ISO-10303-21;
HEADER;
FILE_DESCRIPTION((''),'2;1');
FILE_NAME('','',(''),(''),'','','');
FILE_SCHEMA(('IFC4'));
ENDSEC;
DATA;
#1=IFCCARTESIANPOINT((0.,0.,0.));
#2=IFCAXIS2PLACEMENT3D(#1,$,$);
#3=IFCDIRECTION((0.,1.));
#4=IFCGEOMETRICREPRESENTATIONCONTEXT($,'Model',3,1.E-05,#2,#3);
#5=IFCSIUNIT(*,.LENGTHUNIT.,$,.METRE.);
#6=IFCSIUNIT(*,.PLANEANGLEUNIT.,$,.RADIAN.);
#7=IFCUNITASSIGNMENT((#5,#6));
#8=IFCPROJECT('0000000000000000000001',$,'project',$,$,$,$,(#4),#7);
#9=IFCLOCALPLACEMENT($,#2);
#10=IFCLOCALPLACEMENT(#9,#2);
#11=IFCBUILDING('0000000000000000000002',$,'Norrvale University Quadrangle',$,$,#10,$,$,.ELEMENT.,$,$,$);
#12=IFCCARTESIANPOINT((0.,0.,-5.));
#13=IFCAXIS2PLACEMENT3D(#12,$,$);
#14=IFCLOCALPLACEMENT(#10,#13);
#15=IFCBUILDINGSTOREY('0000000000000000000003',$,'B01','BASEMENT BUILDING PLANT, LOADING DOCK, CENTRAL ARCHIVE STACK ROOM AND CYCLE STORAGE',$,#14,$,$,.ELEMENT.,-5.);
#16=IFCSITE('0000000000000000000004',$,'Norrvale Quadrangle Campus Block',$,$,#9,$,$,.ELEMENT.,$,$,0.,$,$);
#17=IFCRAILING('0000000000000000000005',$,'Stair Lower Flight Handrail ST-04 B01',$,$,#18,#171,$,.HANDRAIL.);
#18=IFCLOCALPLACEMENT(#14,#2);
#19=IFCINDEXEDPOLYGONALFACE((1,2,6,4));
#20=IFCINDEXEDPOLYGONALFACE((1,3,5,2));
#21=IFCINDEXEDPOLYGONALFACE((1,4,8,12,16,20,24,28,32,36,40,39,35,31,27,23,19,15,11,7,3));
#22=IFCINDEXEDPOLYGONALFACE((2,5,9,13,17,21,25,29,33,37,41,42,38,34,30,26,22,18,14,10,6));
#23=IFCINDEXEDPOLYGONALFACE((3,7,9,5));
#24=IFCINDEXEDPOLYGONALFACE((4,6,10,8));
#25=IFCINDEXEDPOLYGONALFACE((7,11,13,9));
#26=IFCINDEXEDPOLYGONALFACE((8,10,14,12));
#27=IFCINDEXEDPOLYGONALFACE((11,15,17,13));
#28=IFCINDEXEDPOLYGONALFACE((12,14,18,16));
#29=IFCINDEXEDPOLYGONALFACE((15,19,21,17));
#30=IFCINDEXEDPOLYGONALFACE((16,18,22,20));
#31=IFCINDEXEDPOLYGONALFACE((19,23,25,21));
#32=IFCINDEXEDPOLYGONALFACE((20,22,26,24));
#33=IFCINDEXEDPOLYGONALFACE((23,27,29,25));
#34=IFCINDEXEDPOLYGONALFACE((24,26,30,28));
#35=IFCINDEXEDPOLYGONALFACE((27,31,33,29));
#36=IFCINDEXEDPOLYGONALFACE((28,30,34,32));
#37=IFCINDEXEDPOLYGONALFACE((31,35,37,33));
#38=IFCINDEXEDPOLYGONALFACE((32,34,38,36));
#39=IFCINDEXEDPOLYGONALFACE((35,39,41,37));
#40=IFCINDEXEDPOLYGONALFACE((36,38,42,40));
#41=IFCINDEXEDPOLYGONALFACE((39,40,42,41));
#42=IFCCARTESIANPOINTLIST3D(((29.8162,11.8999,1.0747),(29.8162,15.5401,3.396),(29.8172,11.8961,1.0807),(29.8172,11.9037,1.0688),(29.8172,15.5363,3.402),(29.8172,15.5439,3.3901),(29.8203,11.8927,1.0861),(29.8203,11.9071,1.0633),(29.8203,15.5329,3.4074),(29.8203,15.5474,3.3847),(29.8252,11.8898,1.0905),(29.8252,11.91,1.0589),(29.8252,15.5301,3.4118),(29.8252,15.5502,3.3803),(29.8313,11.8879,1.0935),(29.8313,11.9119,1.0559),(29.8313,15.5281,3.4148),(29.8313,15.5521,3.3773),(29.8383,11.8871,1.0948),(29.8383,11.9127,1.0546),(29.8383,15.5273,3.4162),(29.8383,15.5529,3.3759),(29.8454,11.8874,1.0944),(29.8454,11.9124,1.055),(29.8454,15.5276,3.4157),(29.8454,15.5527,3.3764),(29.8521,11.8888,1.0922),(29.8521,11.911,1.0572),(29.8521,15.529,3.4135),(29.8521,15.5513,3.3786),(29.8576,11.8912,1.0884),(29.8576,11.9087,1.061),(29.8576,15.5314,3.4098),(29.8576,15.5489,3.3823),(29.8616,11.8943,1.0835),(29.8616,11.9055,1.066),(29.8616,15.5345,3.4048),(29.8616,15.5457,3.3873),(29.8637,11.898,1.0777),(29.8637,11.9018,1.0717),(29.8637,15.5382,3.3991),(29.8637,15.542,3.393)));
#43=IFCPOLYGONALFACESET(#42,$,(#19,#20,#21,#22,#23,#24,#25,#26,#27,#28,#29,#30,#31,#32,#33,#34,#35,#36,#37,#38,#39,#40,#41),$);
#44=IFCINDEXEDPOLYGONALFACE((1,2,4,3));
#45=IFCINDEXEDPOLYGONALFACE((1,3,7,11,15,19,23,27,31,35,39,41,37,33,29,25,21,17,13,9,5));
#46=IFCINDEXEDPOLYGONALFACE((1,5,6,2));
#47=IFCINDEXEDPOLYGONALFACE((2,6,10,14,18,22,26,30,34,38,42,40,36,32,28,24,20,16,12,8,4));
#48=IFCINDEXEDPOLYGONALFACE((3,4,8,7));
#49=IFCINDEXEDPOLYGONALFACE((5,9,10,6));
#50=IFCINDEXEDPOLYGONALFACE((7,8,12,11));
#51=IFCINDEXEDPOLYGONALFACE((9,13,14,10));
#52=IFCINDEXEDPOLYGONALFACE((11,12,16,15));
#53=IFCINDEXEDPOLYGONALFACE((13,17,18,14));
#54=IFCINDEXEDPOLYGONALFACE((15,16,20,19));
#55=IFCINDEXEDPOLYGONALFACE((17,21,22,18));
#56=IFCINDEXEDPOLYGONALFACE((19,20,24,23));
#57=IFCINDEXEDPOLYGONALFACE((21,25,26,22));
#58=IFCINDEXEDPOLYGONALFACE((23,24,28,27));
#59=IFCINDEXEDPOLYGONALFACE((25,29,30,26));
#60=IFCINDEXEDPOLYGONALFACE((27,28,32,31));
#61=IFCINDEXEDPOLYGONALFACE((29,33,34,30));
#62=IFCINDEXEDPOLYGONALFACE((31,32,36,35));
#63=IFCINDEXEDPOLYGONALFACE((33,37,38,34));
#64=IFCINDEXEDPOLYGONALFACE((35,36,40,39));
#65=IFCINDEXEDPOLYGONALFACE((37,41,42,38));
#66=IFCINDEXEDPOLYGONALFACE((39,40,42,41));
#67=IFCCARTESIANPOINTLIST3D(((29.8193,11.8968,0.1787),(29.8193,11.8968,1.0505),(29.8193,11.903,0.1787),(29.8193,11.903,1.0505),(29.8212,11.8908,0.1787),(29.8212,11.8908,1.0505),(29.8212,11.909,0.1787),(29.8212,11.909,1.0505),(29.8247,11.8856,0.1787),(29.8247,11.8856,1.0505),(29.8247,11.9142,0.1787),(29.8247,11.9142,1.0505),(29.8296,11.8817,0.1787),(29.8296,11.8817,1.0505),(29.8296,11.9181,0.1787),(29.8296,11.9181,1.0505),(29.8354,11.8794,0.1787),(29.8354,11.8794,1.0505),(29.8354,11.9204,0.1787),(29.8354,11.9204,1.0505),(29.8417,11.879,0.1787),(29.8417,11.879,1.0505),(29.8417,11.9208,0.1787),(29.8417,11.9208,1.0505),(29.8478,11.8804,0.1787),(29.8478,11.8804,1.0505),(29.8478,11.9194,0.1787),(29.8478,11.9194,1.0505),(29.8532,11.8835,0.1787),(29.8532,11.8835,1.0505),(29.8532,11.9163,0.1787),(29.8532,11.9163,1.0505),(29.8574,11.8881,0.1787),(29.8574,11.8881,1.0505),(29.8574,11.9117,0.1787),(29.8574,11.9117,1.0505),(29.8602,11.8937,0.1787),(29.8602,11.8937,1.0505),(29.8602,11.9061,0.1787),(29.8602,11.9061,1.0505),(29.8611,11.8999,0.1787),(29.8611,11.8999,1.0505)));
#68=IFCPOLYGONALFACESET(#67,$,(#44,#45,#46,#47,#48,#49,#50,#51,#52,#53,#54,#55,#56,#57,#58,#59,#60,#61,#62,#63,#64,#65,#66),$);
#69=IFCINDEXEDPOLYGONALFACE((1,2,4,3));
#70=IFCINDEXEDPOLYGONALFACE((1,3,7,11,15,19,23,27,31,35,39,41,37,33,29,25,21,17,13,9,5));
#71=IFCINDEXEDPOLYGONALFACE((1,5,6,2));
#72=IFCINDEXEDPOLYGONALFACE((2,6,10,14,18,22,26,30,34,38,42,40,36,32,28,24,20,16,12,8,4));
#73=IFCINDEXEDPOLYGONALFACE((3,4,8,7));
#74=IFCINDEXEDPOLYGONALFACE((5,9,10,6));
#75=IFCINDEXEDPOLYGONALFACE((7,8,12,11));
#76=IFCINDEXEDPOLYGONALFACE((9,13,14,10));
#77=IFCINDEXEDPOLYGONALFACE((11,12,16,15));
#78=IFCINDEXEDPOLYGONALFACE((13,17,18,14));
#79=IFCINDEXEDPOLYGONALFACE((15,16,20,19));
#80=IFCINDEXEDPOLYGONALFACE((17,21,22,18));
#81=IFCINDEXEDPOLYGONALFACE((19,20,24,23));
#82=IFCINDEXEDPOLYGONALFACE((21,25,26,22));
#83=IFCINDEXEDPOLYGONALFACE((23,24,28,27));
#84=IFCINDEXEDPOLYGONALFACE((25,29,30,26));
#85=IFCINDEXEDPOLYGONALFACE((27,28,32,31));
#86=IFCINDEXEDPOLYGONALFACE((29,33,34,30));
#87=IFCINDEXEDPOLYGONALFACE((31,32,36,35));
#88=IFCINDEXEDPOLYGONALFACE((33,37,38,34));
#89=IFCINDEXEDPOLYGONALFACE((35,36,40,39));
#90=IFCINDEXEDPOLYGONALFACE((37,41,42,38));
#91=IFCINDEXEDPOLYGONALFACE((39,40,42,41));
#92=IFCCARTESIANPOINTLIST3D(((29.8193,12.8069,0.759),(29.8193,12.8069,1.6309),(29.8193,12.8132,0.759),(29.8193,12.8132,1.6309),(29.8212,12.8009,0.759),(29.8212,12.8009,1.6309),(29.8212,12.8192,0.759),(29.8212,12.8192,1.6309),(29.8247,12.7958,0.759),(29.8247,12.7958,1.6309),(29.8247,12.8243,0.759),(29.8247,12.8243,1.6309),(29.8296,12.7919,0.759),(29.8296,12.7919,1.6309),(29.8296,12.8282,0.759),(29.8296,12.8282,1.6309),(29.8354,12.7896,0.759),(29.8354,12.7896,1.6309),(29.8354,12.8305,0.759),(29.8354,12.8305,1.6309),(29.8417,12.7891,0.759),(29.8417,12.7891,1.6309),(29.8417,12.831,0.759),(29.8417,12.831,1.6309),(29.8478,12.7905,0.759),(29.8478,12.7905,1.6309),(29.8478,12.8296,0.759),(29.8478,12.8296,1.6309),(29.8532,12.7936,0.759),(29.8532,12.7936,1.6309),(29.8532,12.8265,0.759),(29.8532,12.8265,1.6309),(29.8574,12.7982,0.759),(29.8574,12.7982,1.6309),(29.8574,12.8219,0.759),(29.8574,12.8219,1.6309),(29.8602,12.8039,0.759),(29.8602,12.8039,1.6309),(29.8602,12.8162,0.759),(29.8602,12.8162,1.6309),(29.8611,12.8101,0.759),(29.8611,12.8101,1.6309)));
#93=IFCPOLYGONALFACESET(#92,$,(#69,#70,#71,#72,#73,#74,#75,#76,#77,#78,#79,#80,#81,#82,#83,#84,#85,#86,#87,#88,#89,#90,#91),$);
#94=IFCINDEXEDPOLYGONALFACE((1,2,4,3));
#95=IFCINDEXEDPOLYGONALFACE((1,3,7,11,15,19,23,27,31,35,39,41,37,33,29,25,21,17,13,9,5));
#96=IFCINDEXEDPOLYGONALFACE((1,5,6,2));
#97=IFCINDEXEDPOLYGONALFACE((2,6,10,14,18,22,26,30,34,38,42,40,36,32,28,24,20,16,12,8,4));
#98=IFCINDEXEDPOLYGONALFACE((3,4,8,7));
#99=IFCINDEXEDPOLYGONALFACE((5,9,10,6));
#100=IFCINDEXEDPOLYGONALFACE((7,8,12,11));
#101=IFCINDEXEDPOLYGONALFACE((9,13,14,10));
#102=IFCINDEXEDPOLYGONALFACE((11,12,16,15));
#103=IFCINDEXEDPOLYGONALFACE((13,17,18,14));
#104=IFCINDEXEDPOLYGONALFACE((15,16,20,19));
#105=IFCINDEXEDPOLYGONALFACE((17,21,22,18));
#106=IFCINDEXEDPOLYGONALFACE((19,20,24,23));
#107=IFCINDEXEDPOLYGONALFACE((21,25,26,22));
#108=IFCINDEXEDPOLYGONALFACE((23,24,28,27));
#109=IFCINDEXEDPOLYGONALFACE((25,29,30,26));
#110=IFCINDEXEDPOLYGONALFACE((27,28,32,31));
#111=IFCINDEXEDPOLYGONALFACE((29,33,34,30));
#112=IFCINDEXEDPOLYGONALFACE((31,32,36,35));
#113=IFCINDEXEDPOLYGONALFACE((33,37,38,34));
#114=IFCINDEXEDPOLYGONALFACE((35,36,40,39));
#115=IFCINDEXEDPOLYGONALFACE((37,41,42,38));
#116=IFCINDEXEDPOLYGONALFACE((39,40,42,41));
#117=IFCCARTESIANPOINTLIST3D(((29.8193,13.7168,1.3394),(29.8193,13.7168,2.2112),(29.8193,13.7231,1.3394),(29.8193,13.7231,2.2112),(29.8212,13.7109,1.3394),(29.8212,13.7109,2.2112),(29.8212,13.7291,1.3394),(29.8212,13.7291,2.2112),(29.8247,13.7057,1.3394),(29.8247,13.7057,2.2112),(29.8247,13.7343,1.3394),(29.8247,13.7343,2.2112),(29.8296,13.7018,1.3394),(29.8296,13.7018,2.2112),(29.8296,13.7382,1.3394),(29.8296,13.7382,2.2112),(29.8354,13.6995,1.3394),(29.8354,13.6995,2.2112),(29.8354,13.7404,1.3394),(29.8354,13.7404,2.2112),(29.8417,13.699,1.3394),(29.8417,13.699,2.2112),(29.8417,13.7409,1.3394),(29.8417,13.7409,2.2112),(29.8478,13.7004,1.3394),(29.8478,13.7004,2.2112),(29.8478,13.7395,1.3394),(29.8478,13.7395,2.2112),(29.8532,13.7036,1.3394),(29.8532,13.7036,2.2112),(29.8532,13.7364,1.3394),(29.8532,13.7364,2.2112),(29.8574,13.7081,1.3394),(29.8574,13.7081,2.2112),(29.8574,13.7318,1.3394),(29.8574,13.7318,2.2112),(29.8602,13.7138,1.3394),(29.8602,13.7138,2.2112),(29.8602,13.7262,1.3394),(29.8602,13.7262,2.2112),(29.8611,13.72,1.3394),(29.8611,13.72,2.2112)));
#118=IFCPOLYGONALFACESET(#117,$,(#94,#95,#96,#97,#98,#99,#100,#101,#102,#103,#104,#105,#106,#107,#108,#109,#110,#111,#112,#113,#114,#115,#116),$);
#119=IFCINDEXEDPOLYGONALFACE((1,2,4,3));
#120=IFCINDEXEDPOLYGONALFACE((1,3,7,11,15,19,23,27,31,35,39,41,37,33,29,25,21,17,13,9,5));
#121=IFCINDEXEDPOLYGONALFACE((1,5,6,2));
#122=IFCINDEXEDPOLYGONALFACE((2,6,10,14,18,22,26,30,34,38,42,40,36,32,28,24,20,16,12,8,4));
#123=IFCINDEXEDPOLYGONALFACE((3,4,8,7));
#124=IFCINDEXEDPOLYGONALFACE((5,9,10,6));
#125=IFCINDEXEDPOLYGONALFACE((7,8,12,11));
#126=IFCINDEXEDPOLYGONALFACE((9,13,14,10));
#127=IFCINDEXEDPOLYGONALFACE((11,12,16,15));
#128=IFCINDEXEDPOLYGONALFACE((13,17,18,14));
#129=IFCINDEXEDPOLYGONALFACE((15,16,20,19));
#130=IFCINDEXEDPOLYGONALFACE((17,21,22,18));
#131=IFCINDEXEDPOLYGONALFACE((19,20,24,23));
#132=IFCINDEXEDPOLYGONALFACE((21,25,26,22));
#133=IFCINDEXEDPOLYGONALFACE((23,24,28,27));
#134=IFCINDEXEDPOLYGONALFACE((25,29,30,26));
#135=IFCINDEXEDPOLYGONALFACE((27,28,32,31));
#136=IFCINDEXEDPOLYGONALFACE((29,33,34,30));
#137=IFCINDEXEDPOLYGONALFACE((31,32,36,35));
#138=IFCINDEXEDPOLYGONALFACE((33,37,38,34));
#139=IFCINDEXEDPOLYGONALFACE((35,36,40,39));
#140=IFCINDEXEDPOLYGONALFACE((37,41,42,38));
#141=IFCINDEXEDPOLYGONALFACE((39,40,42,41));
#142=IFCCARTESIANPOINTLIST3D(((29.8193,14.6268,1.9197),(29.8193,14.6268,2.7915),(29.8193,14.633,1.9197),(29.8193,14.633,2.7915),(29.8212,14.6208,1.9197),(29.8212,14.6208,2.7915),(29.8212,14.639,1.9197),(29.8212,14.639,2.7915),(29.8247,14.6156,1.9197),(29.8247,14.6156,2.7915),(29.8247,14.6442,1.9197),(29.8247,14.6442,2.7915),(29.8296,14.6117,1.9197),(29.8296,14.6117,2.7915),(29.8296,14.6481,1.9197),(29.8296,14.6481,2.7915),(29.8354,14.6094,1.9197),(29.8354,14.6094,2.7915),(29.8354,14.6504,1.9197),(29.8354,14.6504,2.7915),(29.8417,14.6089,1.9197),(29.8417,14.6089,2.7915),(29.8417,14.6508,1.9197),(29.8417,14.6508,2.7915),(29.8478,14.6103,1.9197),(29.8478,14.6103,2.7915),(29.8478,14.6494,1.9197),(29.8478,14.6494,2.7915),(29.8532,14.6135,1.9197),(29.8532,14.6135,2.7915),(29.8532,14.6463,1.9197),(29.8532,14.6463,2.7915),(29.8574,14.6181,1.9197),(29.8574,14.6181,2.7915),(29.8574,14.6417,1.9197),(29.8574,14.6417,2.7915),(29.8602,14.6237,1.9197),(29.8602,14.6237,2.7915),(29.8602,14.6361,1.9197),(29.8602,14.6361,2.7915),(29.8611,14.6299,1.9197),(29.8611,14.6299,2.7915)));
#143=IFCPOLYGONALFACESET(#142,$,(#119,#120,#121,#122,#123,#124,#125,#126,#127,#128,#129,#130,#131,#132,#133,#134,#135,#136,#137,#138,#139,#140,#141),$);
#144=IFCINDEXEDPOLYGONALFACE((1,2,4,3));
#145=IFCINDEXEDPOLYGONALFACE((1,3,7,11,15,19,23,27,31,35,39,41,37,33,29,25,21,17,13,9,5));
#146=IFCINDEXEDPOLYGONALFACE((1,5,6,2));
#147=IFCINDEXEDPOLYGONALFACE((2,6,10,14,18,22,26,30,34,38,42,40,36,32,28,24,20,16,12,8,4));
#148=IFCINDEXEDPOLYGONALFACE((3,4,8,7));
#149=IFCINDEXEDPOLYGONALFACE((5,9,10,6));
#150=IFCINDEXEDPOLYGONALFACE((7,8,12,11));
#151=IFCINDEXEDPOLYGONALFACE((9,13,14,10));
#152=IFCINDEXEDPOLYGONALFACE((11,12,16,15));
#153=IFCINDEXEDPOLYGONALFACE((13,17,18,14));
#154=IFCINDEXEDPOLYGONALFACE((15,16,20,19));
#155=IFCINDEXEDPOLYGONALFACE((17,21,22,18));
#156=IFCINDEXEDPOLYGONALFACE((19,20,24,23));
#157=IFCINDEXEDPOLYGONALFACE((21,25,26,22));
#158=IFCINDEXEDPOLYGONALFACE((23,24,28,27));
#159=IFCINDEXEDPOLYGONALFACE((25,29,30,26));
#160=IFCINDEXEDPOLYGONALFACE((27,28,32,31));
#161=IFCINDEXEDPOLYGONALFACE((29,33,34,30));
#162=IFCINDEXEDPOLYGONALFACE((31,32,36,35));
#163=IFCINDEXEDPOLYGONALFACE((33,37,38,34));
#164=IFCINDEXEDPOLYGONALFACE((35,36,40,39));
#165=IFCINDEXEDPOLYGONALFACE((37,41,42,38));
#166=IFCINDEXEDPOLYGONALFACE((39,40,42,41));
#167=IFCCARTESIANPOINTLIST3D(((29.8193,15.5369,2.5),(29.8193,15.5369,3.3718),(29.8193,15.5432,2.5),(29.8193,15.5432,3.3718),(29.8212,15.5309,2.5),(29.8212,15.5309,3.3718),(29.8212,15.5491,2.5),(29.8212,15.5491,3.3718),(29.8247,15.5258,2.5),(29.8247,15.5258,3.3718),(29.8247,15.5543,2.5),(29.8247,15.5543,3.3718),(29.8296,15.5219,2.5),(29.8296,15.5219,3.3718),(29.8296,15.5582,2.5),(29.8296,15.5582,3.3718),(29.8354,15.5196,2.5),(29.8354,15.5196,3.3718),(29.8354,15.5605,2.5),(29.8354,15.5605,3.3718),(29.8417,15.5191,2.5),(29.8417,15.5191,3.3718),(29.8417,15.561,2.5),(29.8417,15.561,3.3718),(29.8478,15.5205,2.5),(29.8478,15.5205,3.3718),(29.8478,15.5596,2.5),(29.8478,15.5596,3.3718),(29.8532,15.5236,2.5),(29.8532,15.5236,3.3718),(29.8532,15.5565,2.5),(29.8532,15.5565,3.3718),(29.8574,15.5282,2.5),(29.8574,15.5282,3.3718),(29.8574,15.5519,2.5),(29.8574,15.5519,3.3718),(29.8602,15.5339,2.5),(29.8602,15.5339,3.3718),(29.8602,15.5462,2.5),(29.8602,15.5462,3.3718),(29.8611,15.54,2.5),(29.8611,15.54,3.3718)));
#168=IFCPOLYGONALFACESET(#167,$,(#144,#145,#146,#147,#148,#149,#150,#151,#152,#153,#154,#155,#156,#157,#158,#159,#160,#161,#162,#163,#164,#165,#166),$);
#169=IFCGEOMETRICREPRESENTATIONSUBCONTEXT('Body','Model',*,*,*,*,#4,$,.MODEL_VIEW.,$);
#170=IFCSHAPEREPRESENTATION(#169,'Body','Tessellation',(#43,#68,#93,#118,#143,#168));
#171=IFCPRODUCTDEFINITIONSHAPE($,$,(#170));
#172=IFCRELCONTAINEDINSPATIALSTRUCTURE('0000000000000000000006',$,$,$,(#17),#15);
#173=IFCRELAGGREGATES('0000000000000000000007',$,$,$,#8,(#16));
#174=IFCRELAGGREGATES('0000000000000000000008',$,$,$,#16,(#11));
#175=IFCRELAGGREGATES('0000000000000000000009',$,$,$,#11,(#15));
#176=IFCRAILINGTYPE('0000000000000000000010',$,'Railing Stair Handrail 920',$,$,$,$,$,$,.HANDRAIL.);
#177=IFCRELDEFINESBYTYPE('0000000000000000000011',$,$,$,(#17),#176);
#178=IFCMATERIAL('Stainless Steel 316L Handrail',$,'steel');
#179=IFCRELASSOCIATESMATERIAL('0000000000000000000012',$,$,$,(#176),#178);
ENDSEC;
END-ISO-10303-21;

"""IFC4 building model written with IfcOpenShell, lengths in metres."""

from ifc_helpers import new_model, si_unit, direction, frame, origin, origin_2d, place, context, subcontext, project, spatial, circle, extrude, material, type_object, element, save


model = new_model("IFC4")

# Units and contexts
model_context = context("Model", 3, precision=1e-05, world=origin(), true_north=direction((0.0, 1.0)))
body_context = subcontext(model_context, "Body", "Model", "MODEL_VIEW")
ifc_project = project(units=[si_unit("LENGTHUNIT", "METRE"), si_unit("PLANEANGLEUNIT", "RADIAN")], contexts=[model_context])

# Site, building, storey
site_placement = place(None, origin())
site = spatial("IfcSite", under=ifc_project, at=site_placement, Name="Norrvale Quadrangle Campus Block", CompositionType="ELEMENT", RefElevation=0.0)
building_placement = place(site_placement, origin())
building = spatial("IfcBuilding", under=site, at=building_placement, Name="Norrvale University Quadrangle", CompositionType="ELEMENT")
storey_placement = place(building_placement, frame((0.0, 0.0, -5.0)))
storey = spatial("IfcBuildingStorey", under=building, at=storey_placement, Name="B01", Description="BASEMENT BUILDING PLANT, LOADING DOCK, CENTRAL ARCHIVE STACK ROOM AND CYCLE STORAGE", CompositionType="ELEMENT", Elevation=-5.0)

# Railing
ifc_material_1 = material(Name="Stainless Steel 316L Handrail", Category="steel")
railing_type = type_object("IfcRailingType", Name="Railing Stair Handrail 920", PredefinedType="HANDRAIL", material=ifc_material_1)
railing_placement = place(storey_placement, frame((29.8401, 11.8999, 0.1787)))
element("IfcRailing", 1, at=railing_placement, inside=storey, type_object=railing_type, Name="Stair Lower Flight Handrail ST-04 B01", PredefinedType="HANDRAIL", context=body_context, shape_type="SweptSolid", body=[
    extrude(circle(Radius=0.0239, at=origin_2d()), frame((0.0, 0.0, 0.896), z_axis=(0.0, 0.843153, 0.537673), x_axis=(-1.0, 0.0, 0.0)), (0.0, 0.0, 1.0), 4.3174),
    extrude(circle(Radius=0.021, at=origin_2d()), origin(), (0.0, 0.0, 1.0), 0.8718),
    extrude(circle(Radius=0.021, at=origin_2d()), frame((0.0, 0.9102, 0.5803)), (0.0, 0.0, 1.0), 0.8718),
    extrude(circle(Radius=0.021, at=origin_2d()), frame((0.0, 1.8201, 1.1606)), (0.0, 0.0, 1.0), 0.8718),
    extrude(circle(Radius=0.021, at=origin_2d()), frame((0.0, 2.73, 1.741)), (0.0, 0.0, 1.0), 0.8718),
    extrude(circle(Radius=0.021, at=origin_2d()), frame((0.0, 3.6401, 2.3213)), (0.0, 0.0, 1.0), 0.8718),
])

save(model, "model.ifc")
